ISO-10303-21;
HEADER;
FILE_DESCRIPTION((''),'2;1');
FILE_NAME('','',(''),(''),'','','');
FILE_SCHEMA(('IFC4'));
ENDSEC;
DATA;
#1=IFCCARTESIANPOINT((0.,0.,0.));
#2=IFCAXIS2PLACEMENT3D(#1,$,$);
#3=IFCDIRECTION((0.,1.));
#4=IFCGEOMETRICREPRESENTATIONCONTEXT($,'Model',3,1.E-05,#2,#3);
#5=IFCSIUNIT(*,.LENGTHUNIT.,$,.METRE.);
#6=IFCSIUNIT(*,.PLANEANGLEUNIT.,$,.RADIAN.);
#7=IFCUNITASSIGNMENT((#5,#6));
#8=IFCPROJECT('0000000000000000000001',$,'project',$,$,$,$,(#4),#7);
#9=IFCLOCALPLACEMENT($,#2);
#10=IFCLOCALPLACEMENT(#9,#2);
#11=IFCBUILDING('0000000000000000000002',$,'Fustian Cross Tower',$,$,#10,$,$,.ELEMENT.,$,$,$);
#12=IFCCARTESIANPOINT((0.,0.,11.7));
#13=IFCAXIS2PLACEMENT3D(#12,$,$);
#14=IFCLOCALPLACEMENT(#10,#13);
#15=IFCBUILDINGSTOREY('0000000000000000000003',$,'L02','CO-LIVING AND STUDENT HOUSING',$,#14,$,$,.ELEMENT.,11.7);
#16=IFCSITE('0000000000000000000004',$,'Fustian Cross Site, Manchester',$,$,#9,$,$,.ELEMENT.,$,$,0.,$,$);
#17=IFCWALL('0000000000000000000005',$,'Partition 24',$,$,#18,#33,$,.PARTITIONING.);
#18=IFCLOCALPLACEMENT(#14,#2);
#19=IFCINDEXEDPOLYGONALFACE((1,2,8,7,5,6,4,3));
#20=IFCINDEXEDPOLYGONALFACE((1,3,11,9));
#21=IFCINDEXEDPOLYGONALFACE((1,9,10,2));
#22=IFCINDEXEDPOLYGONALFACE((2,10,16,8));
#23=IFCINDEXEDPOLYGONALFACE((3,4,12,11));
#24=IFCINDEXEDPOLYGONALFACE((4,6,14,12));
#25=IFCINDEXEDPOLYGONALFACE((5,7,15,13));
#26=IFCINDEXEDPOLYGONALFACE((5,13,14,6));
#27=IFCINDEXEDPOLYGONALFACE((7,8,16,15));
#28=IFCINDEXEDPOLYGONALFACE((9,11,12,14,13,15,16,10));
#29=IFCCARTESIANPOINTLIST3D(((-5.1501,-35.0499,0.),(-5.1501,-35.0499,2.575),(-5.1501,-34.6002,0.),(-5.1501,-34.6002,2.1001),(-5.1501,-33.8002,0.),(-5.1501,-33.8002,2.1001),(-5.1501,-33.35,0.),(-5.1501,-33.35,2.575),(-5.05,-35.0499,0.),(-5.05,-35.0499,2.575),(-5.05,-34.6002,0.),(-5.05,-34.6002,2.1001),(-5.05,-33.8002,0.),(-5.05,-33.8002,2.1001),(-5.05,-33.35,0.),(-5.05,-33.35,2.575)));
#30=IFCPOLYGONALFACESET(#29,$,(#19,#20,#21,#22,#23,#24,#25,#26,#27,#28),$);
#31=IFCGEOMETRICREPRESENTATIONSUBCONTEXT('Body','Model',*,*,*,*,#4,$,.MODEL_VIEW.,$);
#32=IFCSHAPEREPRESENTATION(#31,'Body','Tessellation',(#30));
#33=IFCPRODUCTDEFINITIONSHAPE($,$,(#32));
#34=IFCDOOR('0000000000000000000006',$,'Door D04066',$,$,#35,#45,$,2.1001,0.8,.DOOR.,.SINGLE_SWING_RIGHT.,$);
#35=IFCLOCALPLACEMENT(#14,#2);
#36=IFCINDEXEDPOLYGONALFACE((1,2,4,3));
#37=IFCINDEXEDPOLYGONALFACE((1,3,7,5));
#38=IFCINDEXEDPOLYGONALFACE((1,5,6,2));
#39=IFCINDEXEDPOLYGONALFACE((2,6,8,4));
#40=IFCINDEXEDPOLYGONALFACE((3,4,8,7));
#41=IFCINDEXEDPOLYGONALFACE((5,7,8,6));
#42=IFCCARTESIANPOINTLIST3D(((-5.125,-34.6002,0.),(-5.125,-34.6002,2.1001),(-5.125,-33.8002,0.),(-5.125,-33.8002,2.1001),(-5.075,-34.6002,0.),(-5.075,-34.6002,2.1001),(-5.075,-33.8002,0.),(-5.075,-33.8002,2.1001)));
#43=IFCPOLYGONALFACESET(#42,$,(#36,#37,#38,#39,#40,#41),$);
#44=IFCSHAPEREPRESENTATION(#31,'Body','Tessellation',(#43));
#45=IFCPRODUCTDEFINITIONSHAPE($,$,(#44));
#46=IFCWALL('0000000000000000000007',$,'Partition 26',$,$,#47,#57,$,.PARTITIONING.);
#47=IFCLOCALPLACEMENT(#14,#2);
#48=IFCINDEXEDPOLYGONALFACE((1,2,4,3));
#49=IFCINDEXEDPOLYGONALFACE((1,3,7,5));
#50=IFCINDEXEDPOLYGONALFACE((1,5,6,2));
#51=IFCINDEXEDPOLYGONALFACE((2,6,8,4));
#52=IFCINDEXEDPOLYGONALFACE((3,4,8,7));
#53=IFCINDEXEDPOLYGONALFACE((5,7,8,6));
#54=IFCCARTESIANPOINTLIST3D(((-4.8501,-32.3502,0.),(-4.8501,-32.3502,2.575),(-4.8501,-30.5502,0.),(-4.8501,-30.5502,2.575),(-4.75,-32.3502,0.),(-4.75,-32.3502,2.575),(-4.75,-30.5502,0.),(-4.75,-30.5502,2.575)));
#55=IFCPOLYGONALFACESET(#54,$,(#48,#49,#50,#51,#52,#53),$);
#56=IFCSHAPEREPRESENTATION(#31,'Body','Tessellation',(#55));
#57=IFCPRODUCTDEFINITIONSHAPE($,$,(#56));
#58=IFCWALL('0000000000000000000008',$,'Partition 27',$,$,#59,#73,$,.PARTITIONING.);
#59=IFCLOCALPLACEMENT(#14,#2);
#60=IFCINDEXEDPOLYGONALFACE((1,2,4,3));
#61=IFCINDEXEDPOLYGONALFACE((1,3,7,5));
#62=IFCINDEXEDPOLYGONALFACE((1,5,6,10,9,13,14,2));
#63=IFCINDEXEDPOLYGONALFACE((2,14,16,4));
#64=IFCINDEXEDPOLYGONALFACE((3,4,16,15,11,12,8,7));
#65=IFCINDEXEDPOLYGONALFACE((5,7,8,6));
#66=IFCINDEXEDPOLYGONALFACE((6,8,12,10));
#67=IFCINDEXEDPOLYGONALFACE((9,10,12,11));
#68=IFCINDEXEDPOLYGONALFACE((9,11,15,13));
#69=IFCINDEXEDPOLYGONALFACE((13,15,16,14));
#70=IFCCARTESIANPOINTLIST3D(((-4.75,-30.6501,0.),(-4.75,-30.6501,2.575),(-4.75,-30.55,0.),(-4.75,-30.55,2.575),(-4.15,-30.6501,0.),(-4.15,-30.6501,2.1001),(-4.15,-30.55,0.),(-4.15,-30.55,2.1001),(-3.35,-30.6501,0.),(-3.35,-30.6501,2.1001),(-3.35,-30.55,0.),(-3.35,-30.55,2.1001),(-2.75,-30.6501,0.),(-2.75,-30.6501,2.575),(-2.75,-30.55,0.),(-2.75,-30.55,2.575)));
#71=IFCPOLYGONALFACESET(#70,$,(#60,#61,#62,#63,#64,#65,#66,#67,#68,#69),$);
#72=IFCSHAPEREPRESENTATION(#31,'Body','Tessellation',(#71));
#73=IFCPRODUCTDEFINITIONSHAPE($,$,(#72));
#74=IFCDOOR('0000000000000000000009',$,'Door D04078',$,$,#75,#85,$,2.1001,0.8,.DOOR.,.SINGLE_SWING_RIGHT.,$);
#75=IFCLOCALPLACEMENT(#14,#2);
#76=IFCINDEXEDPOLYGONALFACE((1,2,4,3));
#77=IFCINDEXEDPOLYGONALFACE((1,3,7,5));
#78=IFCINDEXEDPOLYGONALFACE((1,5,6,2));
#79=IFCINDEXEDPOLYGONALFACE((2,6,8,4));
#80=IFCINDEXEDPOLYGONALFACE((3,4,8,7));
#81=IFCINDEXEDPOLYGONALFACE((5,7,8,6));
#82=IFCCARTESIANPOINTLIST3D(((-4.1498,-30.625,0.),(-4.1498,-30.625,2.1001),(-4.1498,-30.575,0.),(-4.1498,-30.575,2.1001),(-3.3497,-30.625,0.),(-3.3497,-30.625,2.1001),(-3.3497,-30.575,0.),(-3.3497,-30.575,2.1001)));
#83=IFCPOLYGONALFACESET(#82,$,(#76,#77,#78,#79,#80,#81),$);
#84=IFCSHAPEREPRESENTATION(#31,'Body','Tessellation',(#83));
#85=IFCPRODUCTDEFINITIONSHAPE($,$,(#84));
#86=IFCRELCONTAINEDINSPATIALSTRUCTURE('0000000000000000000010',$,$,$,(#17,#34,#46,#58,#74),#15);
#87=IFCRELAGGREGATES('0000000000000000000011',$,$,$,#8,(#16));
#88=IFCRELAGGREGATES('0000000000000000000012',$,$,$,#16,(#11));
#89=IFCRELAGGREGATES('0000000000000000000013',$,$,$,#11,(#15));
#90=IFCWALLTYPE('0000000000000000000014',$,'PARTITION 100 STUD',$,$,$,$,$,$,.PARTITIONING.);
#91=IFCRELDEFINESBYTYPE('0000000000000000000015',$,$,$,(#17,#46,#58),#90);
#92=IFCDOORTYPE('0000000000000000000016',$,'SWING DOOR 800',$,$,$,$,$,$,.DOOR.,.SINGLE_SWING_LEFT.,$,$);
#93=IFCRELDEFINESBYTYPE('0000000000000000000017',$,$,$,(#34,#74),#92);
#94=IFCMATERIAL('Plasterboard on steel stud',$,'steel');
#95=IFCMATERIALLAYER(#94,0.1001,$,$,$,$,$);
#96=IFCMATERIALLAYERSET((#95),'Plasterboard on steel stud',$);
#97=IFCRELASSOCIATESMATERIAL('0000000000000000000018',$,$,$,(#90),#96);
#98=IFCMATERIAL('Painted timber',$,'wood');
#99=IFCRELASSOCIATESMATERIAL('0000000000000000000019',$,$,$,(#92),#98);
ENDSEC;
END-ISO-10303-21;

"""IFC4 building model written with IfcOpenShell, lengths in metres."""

from ifc_helpers import new_model, si_unit, direction, frame, frame_2d, origin, place, context, subcontext, project, spatial, rectangle, extrude, material, layer, layer_set, type_object, element, fill, save


model = new_model("IFC4")

# Units and contexts
model_context = context("Model", 3, precision=1e-05, world=origin(), true_north=direction((0.0, 1.0)))
body_context = subcontext(model_context, "Body", "Model", "MODEL_VIEW")
ifc_project = project(units=[si_unit("LENGTHUNIT", "METRE"), si_unit("PLANEANGLEUNIT", "RADIAN")], contexts=[model_context])

# Site, building, storey
site_placement = place(None, origin())
site = spatial("IfcSite", under=ifc_project, at=site_placement, Name="Fustian Cross Site, Manchester", CompositionType="ELEMENT", RefElevation=0.0)
building_placement = place(site_placement, origin())
building = spatial("IfcBuilding", under=site, at=building_placement, Name="Fustian Cross Tower", CompositionType="ELEMENT")
storey_placement = place(building_placement, frame((0.0, 0.0, 11.7)))
storey = spatial("IfcBuildingStorey", under=building, at=storey_placement, Name="L02", Description="CO-LIVING AND STUDENT HOUSING", CompositionType="ELEMENT", Elevation=11.7)

# Shared definitions
ifc_material_1 = material(Name="Plasterboard on steel stud", Category="steel")
ifc_layer_1 = layer(ifc_material_1, 0.1001)
ifc_layer_set_1 = layer_set([ifc_layer_1], Name="Plasterboard on steel stud")
wall_type_1 = type_object("IfcWallType", Name="PARTITION 100 STUD", PredefinedType="PARTITIONING", material=ifc_layer_set_1)

# Wall, opening, door
wall_1_placement = place(storey_placement, frame((-5.1001, -35.05, 0.0), z_axis=(0.0, 0.0, 1.0), x_axis=(0.0, 1.0, 0.0)))
wall_1 = element("IfcWall", 1, at=wall_1_placement, inside=storey, type_object=wall_type_1, Name="Partition 24", PredefinedType="PARTITIONING", context=body_context, shape_type="SweptSolid", body=[
    extrude(rectangle(XDim=1.7, YDim=0.1001, at=frame_2d((0.8501, 0.0))), origin(), (0.0, 0.0, 1.0), 2.575),
])
opening_1_placement = place(wall_1_placement, frame((0.45, 0.0, 0.0)))
opening_1 = element("IfcOpeningElement", 2, at=opening_1_placement, cuts=wall_1, PredefinedType="OPENING", context=body_context, shape_type="SweptSolid", body=[
    extrude(rectangle(XDim=0.8, YDim=2.1001, at=frame_2d((0.3999, 1.05))), frame((0.0, 0.0601, 0.0), z_axis=(0.0, -1.0, 0.0), x_axis=(1.0, 0.0, 0.0)), (0.0, 0.0, 1.0), 0.1201),
])
ifc_material_2 = material(Name="Painted timber", Category="wood")
door_type_1 = type_object("IfcDoorType", Name="SWING DOOR 800", OperationType="SINGLE_SWING_LEFT", PredefinedType="DOOR", material=ifc_material_2)
door_1_placement = place(opening_1_placement, origin())
door_1 = element("IfcDoor", 3, at=door_1_placement, inside=storey, type_object=door_type_1, Name="Door D04066", OperationType="SINGLE_SWING_RIGHT", OverallHeight=2.1001, OverallWidth=0.8, PredefinedType="DOOR", context=body_context, shape_type="SweptSolid", body=[
    extrude(rectangle(XDim=0.8, YDim=2.1001, at=frame_2d((0.3999, 1.05))), frame((0.0, 0.0249, 0.0), z_axis=(0.0, -1.0, 0.0), x_axis=(1.0, 0.0, 0.0)), (0.0, 0.0, 1.0), 0.05),
])
fill(opening_1, door_1)

# Wall
wall_2_placement = place(storey_placement, frame((-4.8, -32.3501, 0.0), z_axis=(0.0, 0.0, 1.0), x_axis=(0.0, 1.0, 0.0)))
element("IfcWall", 4, at=wall_2_placement, inside=storey, type_object=wall_type_1, Name="Partition 26", PredefinedType="PARTITIONING", context=body_context, shape_type="SweptSolid", body=[
    extrude(rectangle(XDim=1.8, YDim=0.1001, at=frame_2d((0.8999, 0.0))), origin(), (0.0, 0.0, 1.0), 2.575),
])

# Wall, opening, door
wall_3_placement = place(storey_placement, frame((-4.75, -30.6001, 0.0), z_axis=(0.0, 0.0, 1.0), x_axis=(1.0, 0.0, 0.0)))
wall_3 = element("IfcWall", 5, at=wall_3_placement, inside=storey, type_object=wall_type_1, Name="Partition 27", PredefinedType="PARTITIONING", context=body_context, shape_type="SweptSolid", body=[
    extrude(rectangle(XDim=2.0, YDim=0.1001, at=frame_2d((1.0, 0.0))), origin(), (0.0, 0.0, 1.0), 2.575),
])
opening_2_placement = place(wall_3_placement, frame((0.6001, 0.0, 0.0)))
opening_2 = element("IfcOpeningElement", 6, at=opening_2_placement, cuts=wall_3, PredefinedType="OPENING", context=body_context, shape_type="SweptSolid", body=[
    extrude(rectangle(XDim=0.8, YDim=2.1001, at=frame_2d((0.3999, 1.05))), frame((0.0, 0.0601, 0.0), z_axis=(0.0, -1.0, 0.0), x_axis=(1.0, 0.0, 0.0)), (0.0, 0.0, 1.0), 0.1201),
])
door_2_placement = place(opening_2_placement, frame((0.8, 0.0, 0.0), z_axis=(0.0, 0.0, 1.0), x_axis=(-1.0, 0.0, 0.0)))
door_2 = element("IfcDoor", 7, at=door_2_placement, inside=storey, type_object=door_type_1, Name="Door D04078", OperationType="SINGLE_SWING_RIGHT", OverallHeight=2.1001, OverallWidth=0.8, PredefinedType="DOOR", context=body_context, shape_type="SweptSolid", body=[
    extrude(rectangle(XDim=0.8, YDim=2.1001, at=frame_2d((0.3999, 1.05))), frame((0.0, 0.0249, 0.0), z_axis=(0.0, -1.0, 0.0), x_axis=(1.0, 0.0, 0.0)), (0.0, 0.0, 1.0), 0.05),
])
fill(opening_2, door_2)

save(model, "model.ifc")
